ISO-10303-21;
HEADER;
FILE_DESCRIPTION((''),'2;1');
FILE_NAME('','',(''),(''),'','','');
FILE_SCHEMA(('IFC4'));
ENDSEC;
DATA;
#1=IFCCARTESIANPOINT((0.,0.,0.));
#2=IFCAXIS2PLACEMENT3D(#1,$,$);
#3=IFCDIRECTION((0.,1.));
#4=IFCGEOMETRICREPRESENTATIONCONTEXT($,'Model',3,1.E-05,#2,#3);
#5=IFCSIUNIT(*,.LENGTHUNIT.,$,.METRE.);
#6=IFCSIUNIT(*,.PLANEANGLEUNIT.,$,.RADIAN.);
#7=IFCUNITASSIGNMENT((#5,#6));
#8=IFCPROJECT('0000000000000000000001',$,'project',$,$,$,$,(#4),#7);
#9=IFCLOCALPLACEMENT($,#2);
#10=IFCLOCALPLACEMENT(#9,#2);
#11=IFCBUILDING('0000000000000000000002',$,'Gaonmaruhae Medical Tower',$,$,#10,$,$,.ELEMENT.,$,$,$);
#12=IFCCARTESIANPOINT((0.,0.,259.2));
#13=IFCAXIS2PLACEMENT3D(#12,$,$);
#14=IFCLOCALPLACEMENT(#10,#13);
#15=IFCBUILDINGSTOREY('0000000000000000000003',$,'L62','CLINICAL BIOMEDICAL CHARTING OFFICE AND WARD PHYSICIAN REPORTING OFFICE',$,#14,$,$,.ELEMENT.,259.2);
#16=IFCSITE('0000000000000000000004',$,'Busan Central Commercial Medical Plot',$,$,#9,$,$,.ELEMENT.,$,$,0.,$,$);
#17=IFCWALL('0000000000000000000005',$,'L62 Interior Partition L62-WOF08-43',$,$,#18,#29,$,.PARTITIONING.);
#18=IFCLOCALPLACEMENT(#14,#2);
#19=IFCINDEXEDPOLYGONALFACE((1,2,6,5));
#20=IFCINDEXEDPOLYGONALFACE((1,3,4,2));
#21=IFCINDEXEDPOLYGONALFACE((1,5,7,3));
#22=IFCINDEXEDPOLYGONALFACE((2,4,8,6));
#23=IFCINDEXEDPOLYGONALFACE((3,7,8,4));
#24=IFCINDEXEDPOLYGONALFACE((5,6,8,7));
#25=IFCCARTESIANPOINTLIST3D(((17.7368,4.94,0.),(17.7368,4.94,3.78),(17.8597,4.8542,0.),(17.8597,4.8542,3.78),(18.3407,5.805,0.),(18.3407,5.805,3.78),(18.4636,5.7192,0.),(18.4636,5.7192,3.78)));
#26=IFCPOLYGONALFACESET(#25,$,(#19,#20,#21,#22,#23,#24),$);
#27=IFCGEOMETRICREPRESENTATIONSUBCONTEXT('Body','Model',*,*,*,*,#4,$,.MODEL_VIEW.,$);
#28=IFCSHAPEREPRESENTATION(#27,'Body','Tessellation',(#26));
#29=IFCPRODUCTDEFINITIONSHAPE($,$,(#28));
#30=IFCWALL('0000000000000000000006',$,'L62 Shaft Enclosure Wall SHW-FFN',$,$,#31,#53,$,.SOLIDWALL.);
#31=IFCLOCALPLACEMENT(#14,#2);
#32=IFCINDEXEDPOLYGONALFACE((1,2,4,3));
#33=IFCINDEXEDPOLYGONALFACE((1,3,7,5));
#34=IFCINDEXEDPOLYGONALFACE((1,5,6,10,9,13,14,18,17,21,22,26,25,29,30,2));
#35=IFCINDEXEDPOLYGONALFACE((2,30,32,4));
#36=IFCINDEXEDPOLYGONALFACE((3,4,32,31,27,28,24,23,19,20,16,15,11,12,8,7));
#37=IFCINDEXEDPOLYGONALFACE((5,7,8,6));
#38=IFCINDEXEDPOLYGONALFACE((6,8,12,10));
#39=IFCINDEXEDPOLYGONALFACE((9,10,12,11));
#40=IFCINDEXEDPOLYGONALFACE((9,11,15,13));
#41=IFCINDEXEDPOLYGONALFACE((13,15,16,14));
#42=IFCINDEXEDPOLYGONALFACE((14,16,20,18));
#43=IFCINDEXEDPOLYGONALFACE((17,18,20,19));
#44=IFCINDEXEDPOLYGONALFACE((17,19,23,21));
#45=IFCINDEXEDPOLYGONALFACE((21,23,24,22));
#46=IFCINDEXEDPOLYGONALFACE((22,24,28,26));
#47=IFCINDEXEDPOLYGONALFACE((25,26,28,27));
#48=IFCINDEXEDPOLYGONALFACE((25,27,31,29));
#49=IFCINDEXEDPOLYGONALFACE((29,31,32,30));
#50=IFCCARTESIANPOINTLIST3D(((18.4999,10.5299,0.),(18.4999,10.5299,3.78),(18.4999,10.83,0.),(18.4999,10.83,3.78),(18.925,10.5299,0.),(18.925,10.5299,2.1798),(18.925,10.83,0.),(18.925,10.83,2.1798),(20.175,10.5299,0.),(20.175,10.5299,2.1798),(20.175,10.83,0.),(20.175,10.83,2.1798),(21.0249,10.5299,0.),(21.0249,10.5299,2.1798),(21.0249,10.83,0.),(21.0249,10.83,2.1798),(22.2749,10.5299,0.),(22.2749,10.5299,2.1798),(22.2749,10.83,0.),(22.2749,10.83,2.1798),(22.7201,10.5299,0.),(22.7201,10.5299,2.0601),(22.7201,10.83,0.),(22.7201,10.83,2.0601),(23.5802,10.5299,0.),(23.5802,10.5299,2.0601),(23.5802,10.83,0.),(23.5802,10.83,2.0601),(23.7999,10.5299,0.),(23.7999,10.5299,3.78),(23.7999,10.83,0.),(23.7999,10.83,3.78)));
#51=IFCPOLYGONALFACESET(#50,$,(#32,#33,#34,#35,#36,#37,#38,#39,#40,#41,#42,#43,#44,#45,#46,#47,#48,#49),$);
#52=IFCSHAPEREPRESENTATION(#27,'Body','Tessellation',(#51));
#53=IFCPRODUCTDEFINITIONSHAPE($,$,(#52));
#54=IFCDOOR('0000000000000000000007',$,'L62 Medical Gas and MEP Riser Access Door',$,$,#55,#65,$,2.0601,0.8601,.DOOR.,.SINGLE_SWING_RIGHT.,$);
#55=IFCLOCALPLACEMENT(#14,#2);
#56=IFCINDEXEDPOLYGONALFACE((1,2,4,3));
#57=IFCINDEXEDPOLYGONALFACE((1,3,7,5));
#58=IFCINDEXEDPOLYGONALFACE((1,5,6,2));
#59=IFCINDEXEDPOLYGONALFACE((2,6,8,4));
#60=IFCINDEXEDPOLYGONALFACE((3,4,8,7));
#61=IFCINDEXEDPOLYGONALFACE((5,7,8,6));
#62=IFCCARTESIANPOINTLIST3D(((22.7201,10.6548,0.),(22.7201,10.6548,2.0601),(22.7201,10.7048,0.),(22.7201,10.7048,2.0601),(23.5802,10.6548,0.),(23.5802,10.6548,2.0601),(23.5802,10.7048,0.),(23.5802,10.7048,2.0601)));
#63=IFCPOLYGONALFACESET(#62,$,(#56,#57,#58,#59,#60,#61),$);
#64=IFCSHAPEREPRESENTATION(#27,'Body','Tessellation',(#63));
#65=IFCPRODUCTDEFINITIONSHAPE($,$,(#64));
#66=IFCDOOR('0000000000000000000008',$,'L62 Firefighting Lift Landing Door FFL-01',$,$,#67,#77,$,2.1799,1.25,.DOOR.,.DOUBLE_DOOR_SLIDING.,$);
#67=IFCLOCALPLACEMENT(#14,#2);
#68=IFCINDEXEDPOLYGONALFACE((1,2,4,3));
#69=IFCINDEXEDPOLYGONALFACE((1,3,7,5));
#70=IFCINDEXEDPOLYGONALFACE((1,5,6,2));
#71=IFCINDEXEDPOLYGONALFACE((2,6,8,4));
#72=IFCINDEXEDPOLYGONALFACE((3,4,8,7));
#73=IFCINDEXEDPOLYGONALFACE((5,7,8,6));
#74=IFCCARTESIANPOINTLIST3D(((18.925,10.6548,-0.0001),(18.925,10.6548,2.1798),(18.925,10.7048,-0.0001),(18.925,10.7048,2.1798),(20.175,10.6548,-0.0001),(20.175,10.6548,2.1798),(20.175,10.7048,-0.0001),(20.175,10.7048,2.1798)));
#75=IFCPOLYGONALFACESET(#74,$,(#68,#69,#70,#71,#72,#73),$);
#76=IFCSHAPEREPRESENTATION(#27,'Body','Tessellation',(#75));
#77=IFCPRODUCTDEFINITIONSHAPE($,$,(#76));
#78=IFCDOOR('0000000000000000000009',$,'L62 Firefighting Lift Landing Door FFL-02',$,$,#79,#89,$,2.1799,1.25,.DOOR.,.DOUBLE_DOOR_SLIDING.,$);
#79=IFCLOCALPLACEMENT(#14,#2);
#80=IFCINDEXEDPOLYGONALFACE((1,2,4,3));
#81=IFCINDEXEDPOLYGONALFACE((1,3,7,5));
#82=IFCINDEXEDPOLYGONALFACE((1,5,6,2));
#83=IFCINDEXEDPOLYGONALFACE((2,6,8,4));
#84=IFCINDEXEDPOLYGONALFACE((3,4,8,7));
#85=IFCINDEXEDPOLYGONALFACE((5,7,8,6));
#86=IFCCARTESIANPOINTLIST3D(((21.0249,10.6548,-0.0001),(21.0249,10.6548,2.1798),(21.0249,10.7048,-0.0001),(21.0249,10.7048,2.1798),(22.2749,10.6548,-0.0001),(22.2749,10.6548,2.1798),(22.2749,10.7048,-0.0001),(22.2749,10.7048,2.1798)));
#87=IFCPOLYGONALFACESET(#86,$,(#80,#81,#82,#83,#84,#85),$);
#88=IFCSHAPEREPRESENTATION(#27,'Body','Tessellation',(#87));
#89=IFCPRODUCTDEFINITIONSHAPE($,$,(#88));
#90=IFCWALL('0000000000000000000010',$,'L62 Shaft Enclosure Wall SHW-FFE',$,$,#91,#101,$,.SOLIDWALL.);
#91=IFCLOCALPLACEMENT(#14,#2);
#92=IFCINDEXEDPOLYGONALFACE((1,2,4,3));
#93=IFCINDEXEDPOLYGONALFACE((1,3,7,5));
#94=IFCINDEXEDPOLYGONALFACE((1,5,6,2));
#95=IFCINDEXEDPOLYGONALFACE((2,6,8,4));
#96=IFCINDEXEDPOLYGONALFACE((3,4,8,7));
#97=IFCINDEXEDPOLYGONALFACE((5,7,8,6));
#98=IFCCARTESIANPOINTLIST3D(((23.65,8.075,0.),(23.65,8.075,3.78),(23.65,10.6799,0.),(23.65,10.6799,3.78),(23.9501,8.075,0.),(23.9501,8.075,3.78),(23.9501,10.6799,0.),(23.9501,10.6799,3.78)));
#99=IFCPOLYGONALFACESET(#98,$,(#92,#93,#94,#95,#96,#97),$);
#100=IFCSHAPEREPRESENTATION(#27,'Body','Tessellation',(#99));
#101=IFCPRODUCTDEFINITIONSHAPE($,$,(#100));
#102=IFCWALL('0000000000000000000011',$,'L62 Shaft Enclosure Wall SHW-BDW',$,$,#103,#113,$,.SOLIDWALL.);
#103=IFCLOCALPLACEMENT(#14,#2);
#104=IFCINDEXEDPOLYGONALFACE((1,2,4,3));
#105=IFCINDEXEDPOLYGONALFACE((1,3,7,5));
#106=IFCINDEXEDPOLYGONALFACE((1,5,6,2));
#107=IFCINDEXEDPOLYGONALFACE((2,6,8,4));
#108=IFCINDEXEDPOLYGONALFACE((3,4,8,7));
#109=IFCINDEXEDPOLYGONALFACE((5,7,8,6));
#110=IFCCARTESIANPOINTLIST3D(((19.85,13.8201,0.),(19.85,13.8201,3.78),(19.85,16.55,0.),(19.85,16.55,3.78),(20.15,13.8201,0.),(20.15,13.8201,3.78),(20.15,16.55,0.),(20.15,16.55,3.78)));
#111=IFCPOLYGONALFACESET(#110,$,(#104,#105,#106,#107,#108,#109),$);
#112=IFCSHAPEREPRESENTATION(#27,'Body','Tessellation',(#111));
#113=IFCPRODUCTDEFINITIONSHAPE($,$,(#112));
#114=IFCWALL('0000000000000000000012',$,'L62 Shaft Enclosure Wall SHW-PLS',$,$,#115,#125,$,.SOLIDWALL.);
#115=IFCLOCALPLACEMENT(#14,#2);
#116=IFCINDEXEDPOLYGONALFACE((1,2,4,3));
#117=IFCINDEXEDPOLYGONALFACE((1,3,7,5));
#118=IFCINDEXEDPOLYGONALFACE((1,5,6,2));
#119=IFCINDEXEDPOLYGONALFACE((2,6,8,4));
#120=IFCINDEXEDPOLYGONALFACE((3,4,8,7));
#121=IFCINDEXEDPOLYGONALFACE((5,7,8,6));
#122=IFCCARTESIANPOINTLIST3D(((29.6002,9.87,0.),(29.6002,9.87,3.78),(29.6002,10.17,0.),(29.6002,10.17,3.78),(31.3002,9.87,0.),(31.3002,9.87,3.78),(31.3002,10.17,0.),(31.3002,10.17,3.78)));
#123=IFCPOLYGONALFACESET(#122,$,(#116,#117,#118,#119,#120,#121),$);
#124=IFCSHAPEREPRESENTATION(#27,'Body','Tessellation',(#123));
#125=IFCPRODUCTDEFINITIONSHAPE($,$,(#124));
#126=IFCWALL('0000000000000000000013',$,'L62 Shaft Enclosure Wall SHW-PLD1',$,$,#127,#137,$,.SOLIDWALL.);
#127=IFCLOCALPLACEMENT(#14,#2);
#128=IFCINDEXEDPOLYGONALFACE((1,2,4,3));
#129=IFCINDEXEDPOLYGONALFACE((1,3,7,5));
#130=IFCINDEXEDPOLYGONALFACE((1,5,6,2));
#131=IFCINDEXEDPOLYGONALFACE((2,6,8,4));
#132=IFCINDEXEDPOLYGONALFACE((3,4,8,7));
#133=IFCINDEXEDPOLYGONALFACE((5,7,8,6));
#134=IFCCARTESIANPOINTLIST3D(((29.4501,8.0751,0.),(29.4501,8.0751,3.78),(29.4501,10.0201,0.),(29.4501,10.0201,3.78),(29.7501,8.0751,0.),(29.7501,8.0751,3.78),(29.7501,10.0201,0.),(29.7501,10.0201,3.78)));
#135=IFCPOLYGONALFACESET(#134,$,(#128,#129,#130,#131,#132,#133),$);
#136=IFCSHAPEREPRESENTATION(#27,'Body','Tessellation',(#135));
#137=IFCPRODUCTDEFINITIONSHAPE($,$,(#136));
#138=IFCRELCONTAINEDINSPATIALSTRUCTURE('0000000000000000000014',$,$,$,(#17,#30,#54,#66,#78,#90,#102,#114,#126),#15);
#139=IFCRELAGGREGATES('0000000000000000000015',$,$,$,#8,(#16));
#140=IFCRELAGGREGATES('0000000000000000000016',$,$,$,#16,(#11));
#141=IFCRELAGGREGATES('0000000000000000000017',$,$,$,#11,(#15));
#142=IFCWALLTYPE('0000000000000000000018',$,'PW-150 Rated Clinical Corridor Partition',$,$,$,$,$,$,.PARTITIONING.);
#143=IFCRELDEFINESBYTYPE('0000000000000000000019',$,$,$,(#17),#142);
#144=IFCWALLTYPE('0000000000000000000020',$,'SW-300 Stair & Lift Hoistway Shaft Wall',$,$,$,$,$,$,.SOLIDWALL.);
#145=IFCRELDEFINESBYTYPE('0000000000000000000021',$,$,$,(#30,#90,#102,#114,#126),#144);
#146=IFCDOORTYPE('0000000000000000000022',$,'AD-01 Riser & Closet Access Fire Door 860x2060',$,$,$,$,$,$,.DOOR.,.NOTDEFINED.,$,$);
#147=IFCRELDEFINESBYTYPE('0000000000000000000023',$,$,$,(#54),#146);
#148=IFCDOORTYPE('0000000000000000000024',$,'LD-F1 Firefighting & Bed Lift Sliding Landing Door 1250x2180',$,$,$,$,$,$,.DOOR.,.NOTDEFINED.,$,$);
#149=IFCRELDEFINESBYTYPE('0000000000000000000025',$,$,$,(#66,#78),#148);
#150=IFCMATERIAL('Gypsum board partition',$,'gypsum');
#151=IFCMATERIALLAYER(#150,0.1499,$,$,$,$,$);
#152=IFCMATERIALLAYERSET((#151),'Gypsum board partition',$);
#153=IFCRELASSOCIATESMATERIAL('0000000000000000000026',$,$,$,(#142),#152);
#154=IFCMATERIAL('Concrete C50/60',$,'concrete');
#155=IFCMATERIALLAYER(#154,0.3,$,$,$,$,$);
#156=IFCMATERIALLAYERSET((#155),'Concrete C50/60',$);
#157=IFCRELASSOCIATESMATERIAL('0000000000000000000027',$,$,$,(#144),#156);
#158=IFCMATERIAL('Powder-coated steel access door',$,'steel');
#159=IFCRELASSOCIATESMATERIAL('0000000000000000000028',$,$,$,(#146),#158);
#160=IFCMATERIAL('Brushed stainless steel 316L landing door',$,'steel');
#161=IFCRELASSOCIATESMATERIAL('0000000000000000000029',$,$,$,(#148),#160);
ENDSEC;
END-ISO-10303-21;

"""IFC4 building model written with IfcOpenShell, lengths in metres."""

from ifc_helpers import new_model, si_unit, direction, frame, frame_2d, origin, place, context, subcontext, project, spatial, rectangle, extrude, material, layer, layer_set, type_object, element, fill, save


model = new_model("IFC4")

# Units and contexts
model_context = context("Model", 3, precision=1e-05, world=origin(), true_north=direction((0.0, 1.0)))
body_context = subcontext(model_context, "Body", "Model", "MODEL_VIEW")
ifc_project = project(units=[si_unit("LENGTHUNIT", "METRE"), si_unit("PLANEANGLEUNIT", "RADIAN")], contexts=[model_context])

# Site, building, storey
site_placement = place(None, origin())
site = spatial("IfcSite", under=ifc_project, at=site_placement, Name="Busan Central Commercial Medical Plot", CompositionType="ELEMENT", RefElevation=0.0)
building_placement = place(site_placement, origin())
building = spatial("IfcBuilding", under=site, at=building_placement, Name="Gaonmaruhae Medical Tower", CompositionType="ELEMENT")
storey_placement = place(building_placement, frame((0.0, 0.0, 259.2)))
storey = spatial("IfcBuildingStorey", under=building, at=storey_placement, Name="L62", Description="CLINICAL BIOMEDICAL CHARTING OFFICE AND WARD PHYSICIAN REPORTING OFFICE", CompositionType="ELEMENT", Elevation=259.2)

# Shared definitions
ifc_material_1 = material(Name="Concrete C50/60", Category="concrete")

# Shared definitions
ifc_material_2 = material(Name="Gypsum board partition", Category="gypsum")
ifc_layer_1 = layer(ifc_material_2, 0.1499)
ifc_layer_set_1 = layer_set([ifc_layer_1], Name="Gypsum board partition")
wall_type_1 = type_object("IfcWallType", Name="PW-150 Rated Clinical Corridor Partition", PredefinedType="PARTITIONING", material=ifc_layer_set_1)

# Wall
wall_1_placement = place(storey_placement, frame((18.4021, 5.762, 0.0), z_axis=(0.0, 0.0, 1.0), x_axis=(-0.572515, -0.819895, 0.0)))
element("IfcWall", 1, at=wall_1_placement, inside=storey, type_object=wall_type_1, Name="L62 Interior Partition L62-WOF08-43", PredefinedType="PARTITIONING", context=body_context, shape_type="SweptSolid", body=[
    extrude(rectangle(XDim=1.0549, YDim=0.1499, at=frame_2d((0.5273, 0.0))), origin(), (0.0, 0.0, 1.0), 3.78),
])

# Wall, openings, doors
ifc_layer_2 = layer(ifc_material_1, 0.3)
ifc_layer_set_2 = layer_set([ifc_layer_2], Name="Concrete C50/60")
wall_type_2 = type_object("IfcWallType", Name="SW-300 Stair & Lift Hoistway Shaft Wall", PredefinedType="SOLIDWALL", material=ifc_layer_set_2)
wall_2_placement = place(storey_placement, frame((18.5, 10.6799, 0.0), z_axis=(0.0, 0.0, 1.0), x_axis=(1.0, 0.0, 0.0)))
wall_2 = element("IfcWall", 2, at=wall_2_placement, inside=storey, type_object=wall_type_2, Name="L62 Shaft Enclosure Wall SHW-FFN", PredefinedType="SOLIDWALL", context=body_context, shape_type="SweptSolid", body=[
    extrude(rectangle(XDim=5.3, YDim=0.3, at=frame_2d((2.6499, 0.0))), origin(), (0.0, 0.0, 1.0), 3.78),
])
opening_1_placement = place(wall_2_placement, frame((4.22, 0.0, 0.0)))
opening_1 = element("IfcOpeningElement", 3, at=opening_1_placement, cuts=wall_2, PredefinedType="OPENING", context=body_context, shape_type="SweptSolid", body=[
    extrude(rectangle(XDim=0.8601, YDim=2.0601, at=frame_2d((0.4302, 1.03))), frame((0.0, 0.1602, 0.0), z_axis=(0.0, -1.0, 0.0), x_axis=(1.0, 0.0, 0.0)), (0.0, 0.0, 1.0), 0.3201),
])
opening_2_placement = place(wall_2_placement, frame((0.425, 0.0, 0.0)))
opening_2 = element("IfcOpeningElement", 4, at=opening_2_placement, cuts=wall_2, PredefinedType="OPENING", context=body_context, shape_type="SweptSolid", body=[
    extrude(rectangle(XDim=1.25, YDim=2.1799, at=frame_2d((0.625, 1.0898))), frame((0.0, 0.1602, 0.0), z_axis=(0.0, -1.0, 0.0), x_axis=(1.0, 0.0, 0.0)), (0.0, 0.0, 1.0), 0.3201),
])
opening_3_placement = place(wall_2_placement, frame((2.5249, 0.0, 0.0)))
opening_3 = element("IfcOpeningElement", 5, at=opening_3_placement, cuts=wall_2, PredefinedType="OPENING", context=body_context, shape_type="SweptSolid", body=[
    extrude(rectangle(XDim=1.25, YDim=2.1799, at=frame_2d((0.625, 1.0898))), frame((0.0, 0.1602, 0.0), z_axis=(0.0, -1.0, 0.0), x_axis=(1.0, 0.0, 0.0)), (0.0, 0.0, 1.0), 0.3201),
])
ifc_material_3 = material(Name="Powder-coated steel access door", Category="steel")
door_type_1 = type_object("IfcDoorType", Name="AD-01 Riser & Closet Access Fire Door 860x2060", OperationType="NOTDEFINED", PredefinedType="DOOR", material=ifc_material_3)
door_1_placement = place(opening_1_placement, origin())
door_1 = element("IfcDoor", 6, at=door_1_placement, inside=storey, type_object=door_type_1, Name="L62 Medical Gas and MEP Riser Access Door", OperationType="SINGLE_SWING_RIGHT", OverallHeight=2.0601, OverallWidth=0.8601, PredefinedType="DOOR", context=body_context, shape_type="SweptSolid", body=[
    extrude(rectangle(XDim=0.8601, YDim=2.0601, at=frame_2d((0.4302, 1.03))), frame((0.0, 0.0249, 0.0), z_axis=(0.0, -1.0, 0.0), x_axis=(1.0, 0.0, 0.0)), (0.0, 0.0, 1.0), 0.05),
])
fill(opening_1, door_1)
ifc_material_4 = material(Name="Brushed stainless steel 316L landing door", Category="steel")
door_type_2 = type_object("IfcDoorType", Name="LD-F1 Firefighting & Bed Lift Sliding Landing Door 1250x2180", OperationType="NOTDEFINED", PredefinedType="DOOR", material=ifc_material_4)
door_2_placement = place(opening_2_placement, origin())
door_2 = element("IfcDoor", 7, at=door_2_placement, inside=storey, type_object=door_type_2, Name="L62 Firefighting Lift Landing Door FFL-01", OperationType="DOUBLE_DOOR_SLIDING", OverallHeight=2.1799, OverallWidth=1.25, PredefinedType="DOOR", context=body_context, shape_type="SweptSolid", body=[
    extrude(rectangle(XDim=1.25, YDim=2.1799, at=frame_2d((0.625, 1.0898))), frame((0.0, 0.0249, 0.0), z_axis=(0.0, -1.0, 0.0), x_axis=(1.0, 0.0, 0.0)), (0.0, 0.0, 1.0), 0.05),
])
fill(opening_2, door_2)
door_3_placement = place(opening_3_placement, origin())
door_3 = element("IfcDoor", 8, at=door_3_placement, inside=storey, type_object=door_type_2, Name="L62 Firefighting Lift Landing Door FFL-02", OperationType="DOUBLE_DOOR_SLIDING", OverallHeight=2.1799, OverallWidth=1.25, PredefinedType="DOOR", context=body_context, shape_type="SweptSolid", body=[
    extrude(rectangle(XDim=1.25, YDim=2.1799, at=frame_2d((0.625, 1.0898))), frame((0.0, 0.0249, 0.0), z_axis=(0.0, -1.0, 0.0), x_axis=(1.0, 0.0, 0.0)), (0.0, 0.0, 1.0), 0.05),
])
fill(opening_3, door_3)

# Walls
wall_3_placement = place(storey_placement, frame((23.8, 8.075, 0.0), z_axis=(0.0, 0.0, 1.0), x_axis=(0.0, 1.0, 0.0)))
element("IfcWall", 9, at=wall_3_placement, inside=storey, type_object=wall_type_2, Name="L62 Shaft Enclosure Wall SHW-FFE", PredefinedType="SOLIDWALL", context=body_context, shape_type="SweptSolid", body=[
    extrude(rectangle(XDim=2.605, YDim=0.3, at=frame_2d((1.3025, 0.0))), origin(), (0.0, 0.0, 1.0), 3.78),
])
wall_4_placement = place(storey_placement, frame((20.0, 13.8201, 0.0), z_axis=(0.0, 0.0, 1.0), x_axis=(0.0, 1.0, 0.0)))
element("IfcWall", 10, at=wall_4_placement, inside=storey, type_object=wall_type_2, Name="L62 Shaft Enclosure Wall SHW-BDW", PredefinedType="SOLIDWALL", context=body_context, shape_type="SweptSolid", body=[
    extrude(rectangle(XDim=2.73, YDim=0.3, at=frame_2d((1.365, 0.0))), origin(), (0.0, 0.0, 1.0), 3.78),
])
wall_5_placement = place(storey_placement, frame((29.6001, 10.02, 0.0), z_axis=(0.0, 0.0, 1.0), x_axis=(1.0, 0.0, 0.0)))
element("IfcWall", 11, at=wall_5_placement, inside=storey, type_object=wall_type_2, Name="L62 Shaft Enclosure Wall SHW-PLS", PredefinedType="SOLIDWALL", context=body_context, shape_type="SweptSolid", body=[
    extrude(rectangle(XDim=1.7, YDim=0.3, at=frame_2d((0.8501, 0.0))), origin(), (0.0, 0.0, 1.0), 3.78),
])
wall_6_placement = place(storey_placement, frame((29.6001, 8.075, 0.0), z_axis=(0.0, 0.0, 1.0), x_axis=(0.0, 1.0, 0.0)))
element("IfcWall", 12, at=wall_6_placement, inside=storey, type_object=wall_type_2, Name="L62 Shaft Enclosure Wall SHW-PLD1", PredefinedType="SOLIDWALL", context=body_context, shape_type="SweptSolid", body=[
    extrude(rectangle(XDim=1.9451, YDim=0.3, at=frame_2d((0.9727, 0.0))), origin(), (0.0, 0.0, 1.0), 3.78),
])

save(model, "model.ifc")
